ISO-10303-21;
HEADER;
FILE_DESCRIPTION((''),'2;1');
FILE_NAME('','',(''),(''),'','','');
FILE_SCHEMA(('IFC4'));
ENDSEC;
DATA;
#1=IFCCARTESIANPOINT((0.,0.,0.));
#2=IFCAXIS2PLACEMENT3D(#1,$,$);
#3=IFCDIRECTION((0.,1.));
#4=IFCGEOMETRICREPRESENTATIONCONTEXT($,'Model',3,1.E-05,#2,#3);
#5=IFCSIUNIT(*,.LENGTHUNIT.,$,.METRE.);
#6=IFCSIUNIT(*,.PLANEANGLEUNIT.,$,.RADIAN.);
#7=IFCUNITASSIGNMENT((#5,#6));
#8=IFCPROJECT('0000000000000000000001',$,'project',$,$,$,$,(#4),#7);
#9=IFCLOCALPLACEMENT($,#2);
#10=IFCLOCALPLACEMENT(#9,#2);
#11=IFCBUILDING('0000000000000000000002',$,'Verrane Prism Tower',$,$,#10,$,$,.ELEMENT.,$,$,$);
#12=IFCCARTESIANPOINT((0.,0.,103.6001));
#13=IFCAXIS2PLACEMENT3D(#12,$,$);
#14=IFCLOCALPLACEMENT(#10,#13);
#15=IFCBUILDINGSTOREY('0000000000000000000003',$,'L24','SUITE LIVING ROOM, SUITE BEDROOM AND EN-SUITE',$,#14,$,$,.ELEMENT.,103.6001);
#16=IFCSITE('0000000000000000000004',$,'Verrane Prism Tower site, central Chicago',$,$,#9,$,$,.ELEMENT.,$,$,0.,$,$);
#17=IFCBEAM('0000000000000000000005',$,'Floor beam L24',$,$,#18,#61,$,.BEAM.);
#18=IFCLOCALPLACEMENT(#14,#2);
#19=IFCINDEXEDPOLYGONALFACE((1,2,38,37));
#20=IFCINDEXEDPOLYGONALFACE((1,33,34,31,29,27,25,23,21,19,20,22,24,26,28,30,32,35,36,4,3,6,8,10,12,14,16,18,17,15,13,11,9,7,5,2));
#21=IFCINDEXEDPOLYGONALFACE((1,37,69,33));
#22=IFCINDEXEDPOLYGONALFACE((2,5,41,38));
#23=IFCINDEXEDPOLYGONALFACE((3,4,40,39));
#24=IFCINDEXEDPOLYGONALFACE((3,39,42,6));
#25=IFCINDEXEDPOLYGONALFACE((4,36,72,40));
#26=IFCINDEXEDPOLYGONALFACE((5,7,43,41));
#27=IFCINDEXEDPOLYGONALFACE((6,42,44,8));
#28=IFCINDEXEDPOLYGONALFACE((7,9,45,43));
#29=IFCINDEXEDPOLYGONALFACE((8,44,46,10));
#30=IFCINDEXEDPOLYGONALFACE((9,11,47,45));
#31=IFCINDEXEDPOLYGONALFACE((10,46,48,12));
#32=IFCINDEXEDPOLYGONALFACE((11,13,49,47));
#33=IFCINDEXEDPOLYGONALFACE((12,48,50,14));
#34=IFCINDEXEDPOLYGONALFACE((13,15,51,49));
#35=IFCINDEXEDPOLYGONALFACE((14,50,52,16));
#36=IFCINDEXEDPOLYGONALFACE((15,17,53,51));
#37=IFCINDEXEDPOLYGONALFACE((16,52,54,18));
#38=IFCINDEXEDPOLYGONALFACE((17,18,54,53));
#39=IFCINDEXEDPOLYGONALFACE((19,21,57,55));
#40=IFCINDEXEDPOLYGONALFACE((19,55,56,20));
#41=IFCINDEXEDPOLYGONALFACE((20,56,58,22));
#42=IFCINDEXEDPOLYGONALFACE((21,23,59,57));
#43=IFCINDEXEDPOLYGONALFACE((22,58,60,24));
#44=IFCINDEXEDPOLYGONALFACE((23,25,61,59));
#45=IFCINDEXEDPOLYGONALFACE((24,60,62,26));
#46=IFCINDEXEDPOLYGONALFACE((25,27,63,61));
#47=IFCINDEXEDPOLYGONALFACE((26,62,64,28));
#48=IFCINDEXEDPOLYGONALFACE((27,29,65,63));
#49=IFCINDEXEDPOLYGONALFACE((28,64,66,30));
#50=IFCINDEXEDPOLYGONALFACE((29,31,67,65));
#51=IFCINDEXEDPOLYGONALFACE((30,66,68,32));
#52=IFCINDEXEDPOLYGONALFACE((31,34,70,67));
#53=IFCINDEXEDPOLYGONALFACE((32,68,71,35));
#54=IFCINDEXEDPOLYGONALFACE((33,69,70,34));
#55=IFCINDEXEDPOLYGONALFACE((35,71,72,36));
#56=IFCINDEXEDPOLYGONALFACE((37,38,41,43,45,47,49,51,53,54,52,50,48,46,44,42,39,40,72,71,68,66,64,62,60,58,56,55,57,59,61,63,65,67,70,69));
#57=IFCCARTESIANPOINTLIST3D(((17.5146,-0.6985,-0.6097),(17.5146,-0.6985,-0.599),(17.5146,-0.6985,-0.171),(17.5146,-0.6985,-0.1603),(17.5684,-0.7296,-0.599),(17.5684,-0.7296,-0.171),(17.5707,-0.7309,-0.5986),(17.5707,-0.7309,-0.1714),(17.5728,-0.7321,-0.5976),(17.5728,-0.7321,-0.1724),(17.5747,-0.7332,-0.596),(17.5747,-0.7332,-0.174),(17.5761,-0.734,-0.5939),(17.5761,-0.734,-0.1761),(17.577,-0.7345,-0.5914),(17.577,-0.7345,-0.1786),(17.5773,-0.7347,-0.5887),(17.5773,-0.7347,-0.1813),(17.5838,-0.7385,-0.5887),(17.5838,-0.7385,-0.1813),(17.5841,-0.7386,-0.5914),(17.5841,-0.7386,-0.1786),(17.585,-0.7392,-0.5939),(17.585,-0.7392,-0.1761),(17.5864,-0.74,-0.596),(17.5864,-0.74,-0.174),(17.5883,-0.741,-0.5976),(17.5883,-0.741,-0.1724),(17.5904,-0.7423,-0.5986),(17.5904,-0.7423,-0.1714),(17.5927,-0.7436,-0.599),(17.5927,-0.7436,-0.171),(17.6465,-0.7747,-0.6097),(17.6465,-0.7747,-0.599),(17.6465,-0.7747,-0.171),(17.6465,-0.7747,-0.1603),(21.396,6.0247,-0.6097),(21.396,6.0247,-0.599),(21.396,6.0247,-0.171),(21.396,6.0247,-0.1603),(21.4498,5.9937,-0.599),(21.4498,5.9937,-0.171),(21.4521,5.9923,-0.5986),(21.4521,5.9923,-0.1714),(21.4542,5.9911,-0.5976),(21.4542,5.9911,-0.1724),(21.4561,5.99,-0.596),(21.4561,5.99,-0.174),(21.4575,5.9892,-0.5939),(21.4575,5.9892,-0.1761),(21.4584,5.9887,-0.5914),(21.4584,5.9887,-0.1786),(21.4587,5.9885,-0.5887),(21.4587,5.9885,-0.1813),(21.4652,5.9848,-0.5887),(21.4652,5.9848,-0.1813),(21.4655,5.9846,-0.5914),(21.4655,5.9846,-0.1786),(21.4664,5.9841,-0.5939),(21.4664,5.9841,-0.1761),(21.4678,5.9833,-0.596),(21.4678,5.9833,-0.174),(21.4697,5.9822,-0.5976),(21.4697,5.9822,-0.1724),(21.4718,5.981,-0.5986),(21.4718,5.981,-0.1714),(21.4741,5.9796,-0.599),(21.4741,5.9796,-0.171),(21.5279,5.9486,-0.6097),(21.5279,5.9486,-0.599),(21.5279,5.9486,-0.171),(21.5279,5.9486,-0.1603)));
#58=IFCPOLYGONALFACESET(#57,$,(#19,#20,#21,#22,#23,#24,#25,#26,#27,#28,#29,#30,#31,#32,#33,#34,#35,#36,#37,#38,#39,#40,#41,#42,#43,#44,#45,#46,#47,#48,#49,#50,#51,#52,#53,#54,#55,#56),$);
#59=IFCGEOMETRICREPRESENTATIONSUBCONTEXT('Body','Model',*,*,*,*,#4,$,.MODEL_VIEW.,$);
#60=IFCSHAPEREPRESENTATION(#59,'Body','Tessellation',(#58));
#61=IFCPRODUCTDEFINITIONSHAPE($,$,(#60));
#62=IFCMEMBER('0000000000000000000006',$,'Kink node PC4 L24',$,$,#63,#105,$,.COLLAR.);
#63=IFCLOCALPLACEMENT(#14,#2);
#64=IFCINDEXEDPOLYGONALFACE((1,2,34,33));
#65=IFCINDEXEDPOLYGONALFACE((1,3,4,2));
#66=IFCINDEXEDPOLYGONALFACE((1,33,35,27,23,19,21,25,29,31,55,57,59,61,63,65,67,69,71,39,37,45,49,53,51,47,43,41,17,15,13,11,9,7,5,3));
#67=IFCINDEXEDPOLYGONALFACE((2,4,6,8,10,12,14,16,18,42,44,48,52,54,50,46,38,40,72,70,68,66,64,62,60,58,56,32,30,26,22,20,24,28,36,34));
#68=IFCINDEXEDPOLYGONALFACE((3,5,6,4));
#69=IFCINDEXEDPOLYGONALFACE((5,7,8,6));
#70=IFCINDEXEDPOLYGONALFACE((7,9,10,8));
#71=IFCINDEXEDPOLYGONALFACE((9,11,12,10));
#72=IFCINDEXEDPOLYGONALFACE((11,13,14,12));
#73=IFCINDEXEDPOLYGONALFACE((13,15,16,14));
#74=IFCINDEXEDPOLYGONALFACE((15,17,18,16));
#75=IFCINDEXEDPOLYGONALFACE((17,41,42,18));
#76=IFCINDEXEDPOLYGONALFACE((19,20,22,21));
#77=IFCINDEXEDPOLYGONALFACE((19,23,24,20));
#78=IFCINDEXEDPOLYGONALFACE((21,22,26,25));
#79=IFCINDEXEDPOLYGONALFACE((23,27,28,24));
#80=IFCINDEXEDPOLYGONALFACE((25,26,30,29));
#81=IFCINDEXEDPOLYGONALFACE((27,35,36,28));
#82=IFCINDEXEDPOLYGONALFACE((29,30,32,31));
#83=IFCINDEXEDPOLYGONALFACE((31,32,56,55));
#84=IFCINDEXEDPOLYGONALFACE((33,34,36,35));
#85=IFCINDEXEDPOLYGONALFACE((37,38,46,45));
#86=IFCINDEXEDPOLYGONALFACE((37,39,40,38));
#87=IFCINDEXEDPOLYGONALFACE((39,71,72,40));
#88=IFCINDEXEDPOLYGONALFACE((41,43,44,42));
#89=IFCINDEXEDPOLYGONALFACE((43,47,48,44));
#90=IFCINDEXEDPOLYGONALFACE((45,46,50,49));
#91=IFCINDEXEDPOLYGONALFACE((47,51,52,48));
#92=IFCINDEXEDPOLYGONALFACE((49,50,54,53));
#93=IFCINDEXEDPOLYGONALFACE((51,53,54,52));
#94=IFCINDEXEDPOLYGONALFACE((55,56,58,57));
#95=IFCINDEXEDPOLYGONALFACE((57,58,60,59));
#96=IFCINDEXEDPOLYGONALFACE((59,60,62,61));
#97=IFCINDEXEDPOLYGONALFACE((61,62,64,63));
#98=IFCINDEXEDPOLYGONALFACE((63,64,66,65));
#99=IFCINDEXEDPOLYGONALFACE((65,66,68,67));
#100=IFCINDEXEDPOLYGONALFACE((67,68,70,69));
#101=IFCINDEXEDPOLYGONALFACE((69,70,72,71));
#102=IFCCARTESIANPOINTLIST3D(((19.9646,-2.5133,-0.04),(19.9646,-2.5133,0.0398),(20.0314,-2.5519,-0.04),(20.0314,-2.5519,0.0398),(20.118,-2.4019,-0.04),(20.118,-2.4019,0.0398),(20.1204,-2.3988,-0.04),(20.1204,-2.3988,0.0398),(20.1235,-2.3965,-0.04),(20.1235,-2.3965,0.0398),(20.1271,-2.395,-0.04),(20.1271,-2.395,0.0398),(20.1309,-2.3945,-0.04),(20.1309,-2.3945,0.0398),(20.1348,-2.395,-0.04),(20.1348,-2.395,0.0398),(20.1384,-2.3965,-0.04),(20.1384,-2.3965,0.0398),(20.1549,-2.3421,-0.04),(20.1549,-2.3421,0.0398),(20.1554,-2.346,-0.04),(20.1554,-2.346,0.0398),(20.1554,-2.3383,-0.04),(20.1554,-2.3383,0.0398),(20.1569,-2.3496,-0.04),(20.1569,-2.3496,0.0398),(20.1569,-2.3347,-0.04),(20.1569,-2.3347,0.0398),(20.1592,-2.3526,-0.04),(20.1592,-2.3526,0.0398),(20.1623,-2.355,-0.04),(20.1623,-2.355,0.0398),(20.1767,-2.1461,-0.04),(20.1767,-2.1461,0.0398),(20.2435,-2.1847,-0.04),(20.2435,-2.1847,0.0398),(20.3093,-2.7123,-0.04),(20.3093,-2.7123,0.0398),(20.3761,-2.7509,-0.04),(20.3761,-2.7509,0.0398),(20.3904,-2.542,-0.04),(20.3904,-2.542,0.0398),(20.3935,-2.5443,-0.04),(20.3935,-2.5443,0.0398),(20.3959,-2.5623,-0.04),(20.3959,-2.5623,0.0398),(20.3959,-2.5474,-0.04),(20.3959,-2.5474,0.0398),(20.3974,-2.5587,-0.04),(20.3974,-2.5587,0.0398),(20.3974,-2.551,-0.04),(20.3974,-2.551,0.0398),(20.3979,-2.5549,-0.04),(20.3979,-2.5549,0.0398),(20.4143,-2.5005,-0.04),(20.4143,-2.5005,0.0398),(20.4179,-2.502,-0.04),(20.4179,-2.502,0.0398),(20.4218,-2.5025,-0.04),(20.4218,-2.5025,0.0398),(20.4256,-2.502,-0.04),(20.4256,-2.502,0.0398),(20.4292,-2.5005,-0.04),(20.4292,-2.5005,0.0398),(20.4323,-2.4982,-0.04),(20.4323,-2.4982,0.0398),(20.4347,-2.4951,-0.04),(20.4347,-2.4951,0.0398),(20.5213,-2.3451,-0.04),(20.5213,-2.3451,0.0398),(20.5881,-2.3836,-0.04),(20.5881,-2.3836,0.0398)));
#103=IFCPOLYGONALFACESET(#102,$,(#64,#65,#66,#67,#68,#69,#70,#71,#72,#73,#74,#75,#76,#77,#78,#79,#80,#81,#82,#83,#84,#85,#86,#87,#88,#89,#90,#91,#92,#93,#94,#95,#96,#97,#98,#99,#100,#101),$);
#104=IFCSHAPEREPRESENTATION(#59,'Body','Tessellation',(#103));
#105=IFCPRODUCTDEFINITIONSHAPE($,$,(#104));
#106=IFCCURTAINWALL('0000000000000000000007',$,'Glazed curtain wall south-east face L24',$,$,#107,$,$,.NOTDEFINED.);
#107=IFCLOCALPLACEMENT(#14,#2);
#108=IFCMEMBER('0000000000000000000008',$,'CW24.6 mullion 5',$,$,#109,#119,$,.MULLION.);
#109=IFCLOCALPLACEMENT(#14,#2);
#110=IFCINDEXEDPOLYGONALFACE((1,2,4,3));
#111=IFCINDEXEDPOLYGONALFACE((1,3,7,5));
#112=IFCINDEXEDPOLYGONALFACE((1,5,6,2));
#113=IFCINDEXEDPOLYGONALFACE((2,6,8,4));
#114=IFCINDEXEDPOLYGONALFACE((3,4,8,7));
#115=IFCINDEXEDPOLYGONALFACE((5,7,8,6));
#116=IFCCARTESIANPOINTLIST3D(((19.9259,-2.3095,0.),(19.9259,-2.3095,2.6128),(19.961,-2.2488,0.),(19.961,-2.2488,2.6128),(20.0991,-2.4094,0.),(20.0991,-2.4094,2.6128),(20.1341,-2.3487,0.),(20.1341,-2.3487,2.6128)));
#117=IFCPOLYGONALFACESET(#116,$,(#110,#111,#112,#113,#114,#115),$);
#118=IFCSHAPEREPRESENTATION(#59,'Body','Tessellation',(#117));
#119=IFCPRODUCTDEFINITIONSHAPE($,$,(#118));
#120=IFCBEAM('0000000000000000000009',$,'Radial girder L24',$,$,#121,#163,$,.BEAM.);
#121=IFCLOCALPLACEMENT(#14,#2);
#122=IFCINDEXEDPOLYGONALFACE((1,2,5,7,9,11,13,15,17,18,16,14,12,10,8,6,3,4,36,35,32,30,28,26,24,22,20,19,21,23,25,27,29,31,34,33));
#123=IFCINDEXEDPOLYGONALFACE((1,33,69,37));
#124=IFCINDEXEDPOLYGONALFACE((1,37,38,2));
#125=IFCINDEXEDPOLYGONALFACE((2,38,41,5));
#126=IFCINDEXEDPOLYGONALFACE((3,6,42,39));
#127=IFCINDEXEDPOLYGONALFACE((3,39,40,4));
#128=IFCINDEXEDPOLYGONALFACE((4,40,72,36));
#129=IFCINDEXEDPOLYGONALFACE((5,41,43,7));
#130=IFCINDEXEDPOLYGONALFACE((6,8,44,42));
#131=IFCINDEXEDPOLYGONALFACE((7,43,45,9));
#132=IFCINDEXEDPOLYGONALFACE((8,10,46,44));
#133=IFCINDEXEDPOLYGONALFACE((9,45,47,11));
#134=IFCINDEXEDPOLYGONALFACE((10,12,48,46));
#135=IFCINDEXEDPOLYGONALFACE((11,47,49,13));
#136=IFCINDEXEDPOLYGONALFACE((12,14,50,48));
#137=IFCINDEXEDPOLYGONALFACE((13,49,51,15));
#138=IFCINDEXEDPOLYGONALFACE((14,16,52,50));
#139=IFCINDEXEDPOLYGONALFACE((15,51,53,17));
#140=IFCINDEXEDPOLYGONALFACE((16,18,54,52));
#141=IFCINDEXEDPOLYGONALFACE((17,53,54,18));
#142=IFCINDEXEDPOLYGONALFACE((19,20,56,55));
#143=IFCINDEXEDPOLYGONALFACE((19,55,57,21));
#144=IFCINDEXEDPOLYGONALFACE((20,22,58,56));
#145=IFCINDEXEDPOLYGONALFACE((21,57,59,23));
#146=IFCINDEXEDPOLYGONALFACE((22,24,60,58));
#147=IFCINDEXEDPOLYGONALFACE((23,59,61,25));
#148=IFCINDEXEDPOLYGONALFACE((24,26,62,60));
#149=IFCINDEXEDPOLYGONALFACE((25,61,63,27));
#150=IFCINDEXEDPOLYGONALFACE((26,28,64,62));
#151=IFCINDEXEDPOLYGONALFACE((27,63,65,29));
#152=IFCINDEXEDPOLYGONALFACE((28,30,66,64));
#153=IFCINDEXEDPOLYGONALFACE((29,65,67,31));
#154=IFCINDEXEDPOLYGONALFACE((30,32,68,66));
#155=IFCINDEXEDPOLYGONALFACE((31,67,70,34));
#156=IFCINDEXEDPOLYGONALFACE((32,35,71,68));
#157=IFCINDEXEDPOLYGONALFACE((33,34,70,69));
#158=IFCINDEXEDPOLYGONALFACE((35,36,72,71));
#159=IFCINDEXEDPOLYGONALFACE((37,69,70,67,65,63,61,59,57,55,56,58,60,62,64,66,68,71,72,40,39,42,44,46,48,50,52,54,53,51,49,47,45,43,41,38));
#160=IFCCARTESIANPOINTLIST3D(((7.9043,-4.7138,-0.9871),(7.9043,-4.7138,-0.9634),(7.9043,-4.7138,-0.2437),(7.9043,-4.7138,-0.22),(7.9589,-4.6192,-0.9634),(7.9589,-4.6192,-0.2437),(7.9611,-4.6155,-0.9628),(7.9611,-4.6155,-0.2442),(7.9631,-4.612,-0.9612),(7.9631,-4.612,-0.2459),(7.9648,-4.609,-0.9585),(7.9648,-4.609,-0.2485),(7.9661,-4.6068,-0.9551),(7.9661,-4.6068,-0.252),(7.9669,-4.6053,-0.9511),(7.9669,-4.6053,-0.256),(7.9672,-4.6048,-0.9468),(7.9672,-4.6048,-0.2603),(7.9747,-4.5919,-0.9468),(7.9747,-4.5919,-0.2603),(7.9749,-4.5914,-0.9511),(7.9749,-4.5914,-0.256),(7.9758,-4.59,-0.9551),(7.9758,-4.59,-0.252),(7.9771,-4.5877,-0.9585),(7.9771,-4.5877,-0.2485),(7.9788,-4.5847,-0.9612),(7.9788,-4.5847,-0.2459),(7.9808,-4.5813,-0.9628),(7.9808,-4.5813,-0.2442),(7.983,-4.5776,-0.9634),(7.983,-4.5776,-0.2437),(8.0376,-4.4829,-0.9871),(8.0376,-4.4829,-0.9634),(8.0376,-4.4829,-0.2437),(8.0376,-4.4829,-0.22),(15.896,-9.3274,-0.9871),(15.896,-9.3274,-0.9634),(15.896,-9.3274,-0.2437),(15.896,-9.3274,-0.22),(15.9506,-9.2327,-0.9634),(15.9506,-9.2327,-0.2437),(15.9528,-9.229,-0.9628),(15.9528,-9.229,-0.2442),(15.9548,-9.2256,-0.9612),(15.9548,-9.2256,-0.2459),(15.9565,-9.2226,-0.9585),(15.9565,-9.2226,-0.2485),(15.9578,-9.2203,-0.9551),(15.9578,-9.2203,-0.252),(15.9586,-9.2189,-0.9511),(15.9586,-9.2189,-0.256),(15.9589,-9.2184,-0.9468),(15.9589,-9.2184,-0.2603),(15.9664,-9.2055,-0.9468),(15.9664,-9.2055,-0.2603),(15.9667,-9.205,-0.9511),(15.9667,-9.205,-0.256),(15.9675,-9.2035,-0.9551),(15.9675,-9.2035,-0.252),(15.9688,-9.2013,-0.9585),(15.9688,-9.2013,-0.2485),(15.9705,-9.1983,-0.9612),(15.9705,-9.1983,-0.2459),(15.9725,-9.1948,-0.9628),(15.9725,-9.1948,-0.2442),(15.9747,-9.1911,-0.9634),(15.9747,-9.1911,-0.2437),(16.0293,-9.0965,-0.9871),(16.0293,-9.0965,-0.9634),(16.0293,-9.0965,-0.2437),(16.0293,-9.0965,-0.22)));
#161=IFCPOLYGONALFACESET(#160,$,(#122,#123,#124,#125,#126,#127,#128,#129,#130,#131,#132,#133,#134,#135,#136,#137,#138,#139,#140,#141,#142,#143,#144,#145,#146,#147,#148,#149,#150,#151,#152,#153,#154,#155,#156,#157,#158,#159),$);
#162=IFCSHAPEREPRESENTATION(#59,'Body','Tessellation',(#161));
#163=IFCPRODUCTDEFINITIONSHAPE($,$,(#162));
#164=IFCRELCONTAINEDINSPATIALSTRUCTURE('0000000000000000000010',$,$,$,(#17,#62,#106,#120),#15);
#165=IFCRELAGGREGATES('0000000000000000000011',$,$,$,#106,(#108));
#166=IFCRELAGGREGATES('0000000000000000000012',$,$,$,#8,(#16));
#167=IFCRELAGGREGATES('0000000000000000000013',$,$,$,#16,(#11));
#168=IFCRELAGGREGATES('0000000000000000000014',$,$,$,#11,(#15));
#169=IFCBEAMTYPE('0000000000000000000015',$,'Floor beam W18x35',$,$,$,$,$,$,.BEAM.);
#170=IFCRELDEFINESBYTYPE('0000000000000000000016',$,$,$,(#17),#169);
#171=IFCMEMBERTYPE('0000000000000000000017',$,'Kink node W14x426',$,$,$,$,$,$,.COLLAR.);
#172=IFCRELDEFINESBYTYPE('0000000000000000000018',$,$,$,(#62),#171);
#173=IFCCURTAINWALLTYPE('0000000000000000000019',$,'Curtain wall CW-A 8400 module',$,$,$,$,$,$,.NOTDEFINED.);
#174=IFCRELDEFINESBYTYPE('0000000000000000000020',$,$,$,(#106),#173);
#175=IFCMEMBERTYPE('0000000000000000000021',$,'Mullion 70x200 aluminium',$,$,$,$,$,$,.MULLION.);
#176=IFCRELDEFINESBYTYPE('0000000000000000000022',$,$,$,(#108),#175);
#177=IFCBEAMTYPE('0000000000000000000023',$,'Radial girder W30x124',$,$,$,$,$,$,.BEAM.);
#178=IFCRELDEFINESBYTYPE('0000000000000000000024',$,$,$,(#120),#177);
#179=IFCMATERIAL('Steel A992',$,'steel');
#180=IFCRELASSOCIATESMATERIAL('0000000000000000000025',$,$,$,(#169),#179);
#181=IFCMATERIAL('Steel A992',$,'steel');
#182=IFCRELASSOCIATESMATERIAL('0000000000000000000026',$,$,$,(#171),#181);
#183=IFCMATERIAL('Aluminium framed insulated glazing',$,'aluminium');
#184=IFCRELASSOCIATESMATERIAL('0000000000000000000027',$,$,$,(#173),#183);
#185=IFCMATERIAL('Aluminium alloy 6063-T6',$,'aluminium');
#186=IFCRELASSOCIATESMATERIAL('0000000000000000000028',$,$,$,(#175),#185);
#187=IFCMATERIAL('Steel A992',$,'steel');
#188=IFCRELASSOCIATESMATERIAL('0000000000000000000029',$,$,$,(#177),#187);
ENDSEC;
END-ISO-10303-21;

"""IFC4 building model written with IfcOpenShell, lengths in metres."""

from ifc_helpers import new_model, si_unit, direction, frame, origin, origin_2d, place, context, subcontext, project, spatial, rectangle, i_section, extrude, material, material_profile, profile_set, type_object, element, aggregate, save


model = new_model("IFC4")

# Units and contexts
model_context = context("Model", 3, precision=1e-05, world=origin(), true_north=direction((0.0, 1.0)))
body_context = subcontext(model_context, "Body", "Model", "MODEL_VIEW")
ifc_project = project(units=[si_unit("LENGTHUNIT", "METRE"), si_unit("PLANEANGLEUNIT", "RADIAN")], contexts=[model_context])

# Site, building, storey
site_placement = place(None, origin())
site = spatial("IfcSite", under=ifc_project, at=site_placement, Name="Verrane Prism Tower site, central Chicago", CompositionType="ELEMENT", RefElevation=0.0)
building_placement = place(site_placement, origin())
building = spatial("IfcBuilding", under=site, at=building_placement, Name="Verrane Prism Tower", CompositionType="ELEMENT")
storey_placement = place(building_placement, frame((0.0, 0.0, 103.6001)))
storey = spatial("IfcBuildingStorey", under=building, at=storey_placement, Name="L24", Description="SUITE LIVING ROOM, SUITE BEDROOM AND EN-SUITE", CompositionType="ELEMENT", Elevation=103.6001)

# Beam
ifc_material_1 = material(Name="Steel A992", Category="steel")
ifc_material_profile_1 = material_profile(ifc_material_1, i_section(OverallWidth=0.1523, OverallDepth=0.4495, WebThickness=0.0076, FlangeThickness=0.0107, FilletRadius=0.0103, at=origin_2d()), Name="W18x35")
ifc_profile_set_1 = profile_set([ifc_material_profile_1], Name="Steel A992")
beam_type_1 = type_object("IfcBeamType", Name="Floor beam W18x35", PredefinedType="BEAM", material=ifc_profile_set_1)
beam_1_placement = place(storey_placement, frame((17.5806, -0.7366, -0.385), z_axis=(0.499975, 0.86604, 0.0), x_axis=(-0.86604, 0.499975, 0.0)))
element("IfcBeam", 1, at=beam_1_placement, inside=storey, type_object=beam_type_1, Name="Floor beam L24", PredefinedType="BEAM", context=body_context, shape_type="SweptSolid", body=[
    extrude(i_section(OverallWidth=0.1523, OverallDepth=0.4495, WebThickness=0.0076, FlangeThickness=0.0107, FilletRadius=0.0103, at=origin_2d()), origin(), (0.0, 0.0, 1.0), 7.7632),
])

# Member
ifc_material_2 = material(Name="Steel A992", Category="steel")
ifc_material_profile_2 = material_profile(ifc_material_2, i_section(OverallWidth=0.4241, OverallDepth=0.4751, WebThickness=0.0479, FlangeThickness=0.0771, FilletRadius=0.0149, at=origin_2d()), Name="W14x426")
ifc_profile_set_2 = profile_set([ifc_material_profile_2], Name="Steel A992")
member_type_1 = type_object("IfcMemberType", Name="Kink node W14x426", PredefinedType="COLLAR", material=ifc_profile_set_2)
member_1_placement = place(storey_placement, frame((20.2764, -2.4485, -0.04), z_axis=(0.0, 0.0, 1.0), x_axis=(-0.5, -0.866025, 0.0)))
element("IfcMember", 2, at=member_1_placement, inside=storey, type_object=member_type_1, Name="Kink node PC4 L24", PredefinedType="COLLAR", context=body_context, shape_type="SweptSolid", body=[
    extrude(i_section(OverallWidth=0.4241, OverallDepth=0.4751, WebThickness=0.0479, FlangeThickness=0.0771, FilletRadius=0.0149, at=origin_2d()), origin(), (0.0, 0.0, 1.0), 0.0798),
])

# Curtain wall, member
ifc_material_3 = material(Name="Aluminium framed insulated glazing", Category="aluminium")
curtain_wall_type = type_object("IfcCurtainWallType", Name="Curtain wall CW-A 8400 module", PredefinedType="NOTDEFINED", material=ifc_material_3)
curtain_wall_placement = place(storey_placement, origin())
curtain_wall = element("IfcCurtainWall", 3, at=curtain_wall_placement, inside=storey, type_object=curtain_wall_type, Name="Glazed curtain wall south-east face L24", PredefinedType="NOTDEFINED")
ifc_material_4 = material(Name="Aluminium alloy 6063-T6", Category="aluminium")
ifc_material_profile_3 = material_profile(ifc_material_4, rectangle(XDim=0.2, YDim=0.0701, at=origin_2d()), Name="Mullion 70x200 aluminium")
ifc_profile_set_3 = profile_set([ifc_material_profile_3], Name="Aluminium alloy 6063-T6")
member_type_2 = type_object("IfcMemberType", Name="Mullion 70x200 aluminium", PredefinedType="MULLION", material=ifc_profile_set_3)
member_2_placement = place(storey_placement, frame((20.03, -2.3291, 0.0), z_axis=(0.0, 0.0, 1.0), x_axis=(-0.866025, 0.5, 0.0)))
member_2 = element("IfcMember", 4, at=member_2_placement, type_object=member_type_2, Name="CW24.6 mullion 5", PredefinedType="MULLION", context=body_context, shape_type="SweptSolid", body=[
    extrude(rectangle(XDim=0.2, YDim=0.0701, at=origin_2d()), origin(), (0.0, 0.0, 1.0), 2.6128),
])

# Beam
ifc_material_5 = material(Name="Steel A992", Category="steel")
ifc_material_profile_4 = material_profile(ifc_material_5, i_section(OverallWidth=0.2666, OverallDepth=0.7671, WebThickness=0.0149, FlangeThickness=0.0237, FilletRadius=0.0166, at=origin_2d()), Name="W30x124")
ifc_profile_set_4 = profile_set([ifc_material_profile_4], Name="Steel A992")
beam_type_2 = type_object("IfcBeamType", Name="Radial girder W30x124", PredefinedType="BEAM", material=ifc_profile_set_4)
beam_2_placement = place(storey_placement, frame((15.9626, -9.2119, -0.6035), z_axis=(-0.866048, 0.499961, 0.0), x_axis=(-0.499961, -0.866048, 0.0)))
element("IfcBeam", 5, at=beam_2_placement, inside=storey, type_object=beam_type_2, Name="Radial girder L24", PredefinedType="BEAM", context=body_context, shape_type="SweptSolid", body=[
    extrude(i_section(OverallWidth=0.2666, OverallDepth=0.7671, WebThickness=0.0149, FlangeThickness=0.0237, FilletRadius=0.0166, at=origin_2d()), origin(), (0.0, 0.0, 1.0), 9.2278),
])

aggregate(curtain_wall, [member_2])

save(model, "model.ifc")
